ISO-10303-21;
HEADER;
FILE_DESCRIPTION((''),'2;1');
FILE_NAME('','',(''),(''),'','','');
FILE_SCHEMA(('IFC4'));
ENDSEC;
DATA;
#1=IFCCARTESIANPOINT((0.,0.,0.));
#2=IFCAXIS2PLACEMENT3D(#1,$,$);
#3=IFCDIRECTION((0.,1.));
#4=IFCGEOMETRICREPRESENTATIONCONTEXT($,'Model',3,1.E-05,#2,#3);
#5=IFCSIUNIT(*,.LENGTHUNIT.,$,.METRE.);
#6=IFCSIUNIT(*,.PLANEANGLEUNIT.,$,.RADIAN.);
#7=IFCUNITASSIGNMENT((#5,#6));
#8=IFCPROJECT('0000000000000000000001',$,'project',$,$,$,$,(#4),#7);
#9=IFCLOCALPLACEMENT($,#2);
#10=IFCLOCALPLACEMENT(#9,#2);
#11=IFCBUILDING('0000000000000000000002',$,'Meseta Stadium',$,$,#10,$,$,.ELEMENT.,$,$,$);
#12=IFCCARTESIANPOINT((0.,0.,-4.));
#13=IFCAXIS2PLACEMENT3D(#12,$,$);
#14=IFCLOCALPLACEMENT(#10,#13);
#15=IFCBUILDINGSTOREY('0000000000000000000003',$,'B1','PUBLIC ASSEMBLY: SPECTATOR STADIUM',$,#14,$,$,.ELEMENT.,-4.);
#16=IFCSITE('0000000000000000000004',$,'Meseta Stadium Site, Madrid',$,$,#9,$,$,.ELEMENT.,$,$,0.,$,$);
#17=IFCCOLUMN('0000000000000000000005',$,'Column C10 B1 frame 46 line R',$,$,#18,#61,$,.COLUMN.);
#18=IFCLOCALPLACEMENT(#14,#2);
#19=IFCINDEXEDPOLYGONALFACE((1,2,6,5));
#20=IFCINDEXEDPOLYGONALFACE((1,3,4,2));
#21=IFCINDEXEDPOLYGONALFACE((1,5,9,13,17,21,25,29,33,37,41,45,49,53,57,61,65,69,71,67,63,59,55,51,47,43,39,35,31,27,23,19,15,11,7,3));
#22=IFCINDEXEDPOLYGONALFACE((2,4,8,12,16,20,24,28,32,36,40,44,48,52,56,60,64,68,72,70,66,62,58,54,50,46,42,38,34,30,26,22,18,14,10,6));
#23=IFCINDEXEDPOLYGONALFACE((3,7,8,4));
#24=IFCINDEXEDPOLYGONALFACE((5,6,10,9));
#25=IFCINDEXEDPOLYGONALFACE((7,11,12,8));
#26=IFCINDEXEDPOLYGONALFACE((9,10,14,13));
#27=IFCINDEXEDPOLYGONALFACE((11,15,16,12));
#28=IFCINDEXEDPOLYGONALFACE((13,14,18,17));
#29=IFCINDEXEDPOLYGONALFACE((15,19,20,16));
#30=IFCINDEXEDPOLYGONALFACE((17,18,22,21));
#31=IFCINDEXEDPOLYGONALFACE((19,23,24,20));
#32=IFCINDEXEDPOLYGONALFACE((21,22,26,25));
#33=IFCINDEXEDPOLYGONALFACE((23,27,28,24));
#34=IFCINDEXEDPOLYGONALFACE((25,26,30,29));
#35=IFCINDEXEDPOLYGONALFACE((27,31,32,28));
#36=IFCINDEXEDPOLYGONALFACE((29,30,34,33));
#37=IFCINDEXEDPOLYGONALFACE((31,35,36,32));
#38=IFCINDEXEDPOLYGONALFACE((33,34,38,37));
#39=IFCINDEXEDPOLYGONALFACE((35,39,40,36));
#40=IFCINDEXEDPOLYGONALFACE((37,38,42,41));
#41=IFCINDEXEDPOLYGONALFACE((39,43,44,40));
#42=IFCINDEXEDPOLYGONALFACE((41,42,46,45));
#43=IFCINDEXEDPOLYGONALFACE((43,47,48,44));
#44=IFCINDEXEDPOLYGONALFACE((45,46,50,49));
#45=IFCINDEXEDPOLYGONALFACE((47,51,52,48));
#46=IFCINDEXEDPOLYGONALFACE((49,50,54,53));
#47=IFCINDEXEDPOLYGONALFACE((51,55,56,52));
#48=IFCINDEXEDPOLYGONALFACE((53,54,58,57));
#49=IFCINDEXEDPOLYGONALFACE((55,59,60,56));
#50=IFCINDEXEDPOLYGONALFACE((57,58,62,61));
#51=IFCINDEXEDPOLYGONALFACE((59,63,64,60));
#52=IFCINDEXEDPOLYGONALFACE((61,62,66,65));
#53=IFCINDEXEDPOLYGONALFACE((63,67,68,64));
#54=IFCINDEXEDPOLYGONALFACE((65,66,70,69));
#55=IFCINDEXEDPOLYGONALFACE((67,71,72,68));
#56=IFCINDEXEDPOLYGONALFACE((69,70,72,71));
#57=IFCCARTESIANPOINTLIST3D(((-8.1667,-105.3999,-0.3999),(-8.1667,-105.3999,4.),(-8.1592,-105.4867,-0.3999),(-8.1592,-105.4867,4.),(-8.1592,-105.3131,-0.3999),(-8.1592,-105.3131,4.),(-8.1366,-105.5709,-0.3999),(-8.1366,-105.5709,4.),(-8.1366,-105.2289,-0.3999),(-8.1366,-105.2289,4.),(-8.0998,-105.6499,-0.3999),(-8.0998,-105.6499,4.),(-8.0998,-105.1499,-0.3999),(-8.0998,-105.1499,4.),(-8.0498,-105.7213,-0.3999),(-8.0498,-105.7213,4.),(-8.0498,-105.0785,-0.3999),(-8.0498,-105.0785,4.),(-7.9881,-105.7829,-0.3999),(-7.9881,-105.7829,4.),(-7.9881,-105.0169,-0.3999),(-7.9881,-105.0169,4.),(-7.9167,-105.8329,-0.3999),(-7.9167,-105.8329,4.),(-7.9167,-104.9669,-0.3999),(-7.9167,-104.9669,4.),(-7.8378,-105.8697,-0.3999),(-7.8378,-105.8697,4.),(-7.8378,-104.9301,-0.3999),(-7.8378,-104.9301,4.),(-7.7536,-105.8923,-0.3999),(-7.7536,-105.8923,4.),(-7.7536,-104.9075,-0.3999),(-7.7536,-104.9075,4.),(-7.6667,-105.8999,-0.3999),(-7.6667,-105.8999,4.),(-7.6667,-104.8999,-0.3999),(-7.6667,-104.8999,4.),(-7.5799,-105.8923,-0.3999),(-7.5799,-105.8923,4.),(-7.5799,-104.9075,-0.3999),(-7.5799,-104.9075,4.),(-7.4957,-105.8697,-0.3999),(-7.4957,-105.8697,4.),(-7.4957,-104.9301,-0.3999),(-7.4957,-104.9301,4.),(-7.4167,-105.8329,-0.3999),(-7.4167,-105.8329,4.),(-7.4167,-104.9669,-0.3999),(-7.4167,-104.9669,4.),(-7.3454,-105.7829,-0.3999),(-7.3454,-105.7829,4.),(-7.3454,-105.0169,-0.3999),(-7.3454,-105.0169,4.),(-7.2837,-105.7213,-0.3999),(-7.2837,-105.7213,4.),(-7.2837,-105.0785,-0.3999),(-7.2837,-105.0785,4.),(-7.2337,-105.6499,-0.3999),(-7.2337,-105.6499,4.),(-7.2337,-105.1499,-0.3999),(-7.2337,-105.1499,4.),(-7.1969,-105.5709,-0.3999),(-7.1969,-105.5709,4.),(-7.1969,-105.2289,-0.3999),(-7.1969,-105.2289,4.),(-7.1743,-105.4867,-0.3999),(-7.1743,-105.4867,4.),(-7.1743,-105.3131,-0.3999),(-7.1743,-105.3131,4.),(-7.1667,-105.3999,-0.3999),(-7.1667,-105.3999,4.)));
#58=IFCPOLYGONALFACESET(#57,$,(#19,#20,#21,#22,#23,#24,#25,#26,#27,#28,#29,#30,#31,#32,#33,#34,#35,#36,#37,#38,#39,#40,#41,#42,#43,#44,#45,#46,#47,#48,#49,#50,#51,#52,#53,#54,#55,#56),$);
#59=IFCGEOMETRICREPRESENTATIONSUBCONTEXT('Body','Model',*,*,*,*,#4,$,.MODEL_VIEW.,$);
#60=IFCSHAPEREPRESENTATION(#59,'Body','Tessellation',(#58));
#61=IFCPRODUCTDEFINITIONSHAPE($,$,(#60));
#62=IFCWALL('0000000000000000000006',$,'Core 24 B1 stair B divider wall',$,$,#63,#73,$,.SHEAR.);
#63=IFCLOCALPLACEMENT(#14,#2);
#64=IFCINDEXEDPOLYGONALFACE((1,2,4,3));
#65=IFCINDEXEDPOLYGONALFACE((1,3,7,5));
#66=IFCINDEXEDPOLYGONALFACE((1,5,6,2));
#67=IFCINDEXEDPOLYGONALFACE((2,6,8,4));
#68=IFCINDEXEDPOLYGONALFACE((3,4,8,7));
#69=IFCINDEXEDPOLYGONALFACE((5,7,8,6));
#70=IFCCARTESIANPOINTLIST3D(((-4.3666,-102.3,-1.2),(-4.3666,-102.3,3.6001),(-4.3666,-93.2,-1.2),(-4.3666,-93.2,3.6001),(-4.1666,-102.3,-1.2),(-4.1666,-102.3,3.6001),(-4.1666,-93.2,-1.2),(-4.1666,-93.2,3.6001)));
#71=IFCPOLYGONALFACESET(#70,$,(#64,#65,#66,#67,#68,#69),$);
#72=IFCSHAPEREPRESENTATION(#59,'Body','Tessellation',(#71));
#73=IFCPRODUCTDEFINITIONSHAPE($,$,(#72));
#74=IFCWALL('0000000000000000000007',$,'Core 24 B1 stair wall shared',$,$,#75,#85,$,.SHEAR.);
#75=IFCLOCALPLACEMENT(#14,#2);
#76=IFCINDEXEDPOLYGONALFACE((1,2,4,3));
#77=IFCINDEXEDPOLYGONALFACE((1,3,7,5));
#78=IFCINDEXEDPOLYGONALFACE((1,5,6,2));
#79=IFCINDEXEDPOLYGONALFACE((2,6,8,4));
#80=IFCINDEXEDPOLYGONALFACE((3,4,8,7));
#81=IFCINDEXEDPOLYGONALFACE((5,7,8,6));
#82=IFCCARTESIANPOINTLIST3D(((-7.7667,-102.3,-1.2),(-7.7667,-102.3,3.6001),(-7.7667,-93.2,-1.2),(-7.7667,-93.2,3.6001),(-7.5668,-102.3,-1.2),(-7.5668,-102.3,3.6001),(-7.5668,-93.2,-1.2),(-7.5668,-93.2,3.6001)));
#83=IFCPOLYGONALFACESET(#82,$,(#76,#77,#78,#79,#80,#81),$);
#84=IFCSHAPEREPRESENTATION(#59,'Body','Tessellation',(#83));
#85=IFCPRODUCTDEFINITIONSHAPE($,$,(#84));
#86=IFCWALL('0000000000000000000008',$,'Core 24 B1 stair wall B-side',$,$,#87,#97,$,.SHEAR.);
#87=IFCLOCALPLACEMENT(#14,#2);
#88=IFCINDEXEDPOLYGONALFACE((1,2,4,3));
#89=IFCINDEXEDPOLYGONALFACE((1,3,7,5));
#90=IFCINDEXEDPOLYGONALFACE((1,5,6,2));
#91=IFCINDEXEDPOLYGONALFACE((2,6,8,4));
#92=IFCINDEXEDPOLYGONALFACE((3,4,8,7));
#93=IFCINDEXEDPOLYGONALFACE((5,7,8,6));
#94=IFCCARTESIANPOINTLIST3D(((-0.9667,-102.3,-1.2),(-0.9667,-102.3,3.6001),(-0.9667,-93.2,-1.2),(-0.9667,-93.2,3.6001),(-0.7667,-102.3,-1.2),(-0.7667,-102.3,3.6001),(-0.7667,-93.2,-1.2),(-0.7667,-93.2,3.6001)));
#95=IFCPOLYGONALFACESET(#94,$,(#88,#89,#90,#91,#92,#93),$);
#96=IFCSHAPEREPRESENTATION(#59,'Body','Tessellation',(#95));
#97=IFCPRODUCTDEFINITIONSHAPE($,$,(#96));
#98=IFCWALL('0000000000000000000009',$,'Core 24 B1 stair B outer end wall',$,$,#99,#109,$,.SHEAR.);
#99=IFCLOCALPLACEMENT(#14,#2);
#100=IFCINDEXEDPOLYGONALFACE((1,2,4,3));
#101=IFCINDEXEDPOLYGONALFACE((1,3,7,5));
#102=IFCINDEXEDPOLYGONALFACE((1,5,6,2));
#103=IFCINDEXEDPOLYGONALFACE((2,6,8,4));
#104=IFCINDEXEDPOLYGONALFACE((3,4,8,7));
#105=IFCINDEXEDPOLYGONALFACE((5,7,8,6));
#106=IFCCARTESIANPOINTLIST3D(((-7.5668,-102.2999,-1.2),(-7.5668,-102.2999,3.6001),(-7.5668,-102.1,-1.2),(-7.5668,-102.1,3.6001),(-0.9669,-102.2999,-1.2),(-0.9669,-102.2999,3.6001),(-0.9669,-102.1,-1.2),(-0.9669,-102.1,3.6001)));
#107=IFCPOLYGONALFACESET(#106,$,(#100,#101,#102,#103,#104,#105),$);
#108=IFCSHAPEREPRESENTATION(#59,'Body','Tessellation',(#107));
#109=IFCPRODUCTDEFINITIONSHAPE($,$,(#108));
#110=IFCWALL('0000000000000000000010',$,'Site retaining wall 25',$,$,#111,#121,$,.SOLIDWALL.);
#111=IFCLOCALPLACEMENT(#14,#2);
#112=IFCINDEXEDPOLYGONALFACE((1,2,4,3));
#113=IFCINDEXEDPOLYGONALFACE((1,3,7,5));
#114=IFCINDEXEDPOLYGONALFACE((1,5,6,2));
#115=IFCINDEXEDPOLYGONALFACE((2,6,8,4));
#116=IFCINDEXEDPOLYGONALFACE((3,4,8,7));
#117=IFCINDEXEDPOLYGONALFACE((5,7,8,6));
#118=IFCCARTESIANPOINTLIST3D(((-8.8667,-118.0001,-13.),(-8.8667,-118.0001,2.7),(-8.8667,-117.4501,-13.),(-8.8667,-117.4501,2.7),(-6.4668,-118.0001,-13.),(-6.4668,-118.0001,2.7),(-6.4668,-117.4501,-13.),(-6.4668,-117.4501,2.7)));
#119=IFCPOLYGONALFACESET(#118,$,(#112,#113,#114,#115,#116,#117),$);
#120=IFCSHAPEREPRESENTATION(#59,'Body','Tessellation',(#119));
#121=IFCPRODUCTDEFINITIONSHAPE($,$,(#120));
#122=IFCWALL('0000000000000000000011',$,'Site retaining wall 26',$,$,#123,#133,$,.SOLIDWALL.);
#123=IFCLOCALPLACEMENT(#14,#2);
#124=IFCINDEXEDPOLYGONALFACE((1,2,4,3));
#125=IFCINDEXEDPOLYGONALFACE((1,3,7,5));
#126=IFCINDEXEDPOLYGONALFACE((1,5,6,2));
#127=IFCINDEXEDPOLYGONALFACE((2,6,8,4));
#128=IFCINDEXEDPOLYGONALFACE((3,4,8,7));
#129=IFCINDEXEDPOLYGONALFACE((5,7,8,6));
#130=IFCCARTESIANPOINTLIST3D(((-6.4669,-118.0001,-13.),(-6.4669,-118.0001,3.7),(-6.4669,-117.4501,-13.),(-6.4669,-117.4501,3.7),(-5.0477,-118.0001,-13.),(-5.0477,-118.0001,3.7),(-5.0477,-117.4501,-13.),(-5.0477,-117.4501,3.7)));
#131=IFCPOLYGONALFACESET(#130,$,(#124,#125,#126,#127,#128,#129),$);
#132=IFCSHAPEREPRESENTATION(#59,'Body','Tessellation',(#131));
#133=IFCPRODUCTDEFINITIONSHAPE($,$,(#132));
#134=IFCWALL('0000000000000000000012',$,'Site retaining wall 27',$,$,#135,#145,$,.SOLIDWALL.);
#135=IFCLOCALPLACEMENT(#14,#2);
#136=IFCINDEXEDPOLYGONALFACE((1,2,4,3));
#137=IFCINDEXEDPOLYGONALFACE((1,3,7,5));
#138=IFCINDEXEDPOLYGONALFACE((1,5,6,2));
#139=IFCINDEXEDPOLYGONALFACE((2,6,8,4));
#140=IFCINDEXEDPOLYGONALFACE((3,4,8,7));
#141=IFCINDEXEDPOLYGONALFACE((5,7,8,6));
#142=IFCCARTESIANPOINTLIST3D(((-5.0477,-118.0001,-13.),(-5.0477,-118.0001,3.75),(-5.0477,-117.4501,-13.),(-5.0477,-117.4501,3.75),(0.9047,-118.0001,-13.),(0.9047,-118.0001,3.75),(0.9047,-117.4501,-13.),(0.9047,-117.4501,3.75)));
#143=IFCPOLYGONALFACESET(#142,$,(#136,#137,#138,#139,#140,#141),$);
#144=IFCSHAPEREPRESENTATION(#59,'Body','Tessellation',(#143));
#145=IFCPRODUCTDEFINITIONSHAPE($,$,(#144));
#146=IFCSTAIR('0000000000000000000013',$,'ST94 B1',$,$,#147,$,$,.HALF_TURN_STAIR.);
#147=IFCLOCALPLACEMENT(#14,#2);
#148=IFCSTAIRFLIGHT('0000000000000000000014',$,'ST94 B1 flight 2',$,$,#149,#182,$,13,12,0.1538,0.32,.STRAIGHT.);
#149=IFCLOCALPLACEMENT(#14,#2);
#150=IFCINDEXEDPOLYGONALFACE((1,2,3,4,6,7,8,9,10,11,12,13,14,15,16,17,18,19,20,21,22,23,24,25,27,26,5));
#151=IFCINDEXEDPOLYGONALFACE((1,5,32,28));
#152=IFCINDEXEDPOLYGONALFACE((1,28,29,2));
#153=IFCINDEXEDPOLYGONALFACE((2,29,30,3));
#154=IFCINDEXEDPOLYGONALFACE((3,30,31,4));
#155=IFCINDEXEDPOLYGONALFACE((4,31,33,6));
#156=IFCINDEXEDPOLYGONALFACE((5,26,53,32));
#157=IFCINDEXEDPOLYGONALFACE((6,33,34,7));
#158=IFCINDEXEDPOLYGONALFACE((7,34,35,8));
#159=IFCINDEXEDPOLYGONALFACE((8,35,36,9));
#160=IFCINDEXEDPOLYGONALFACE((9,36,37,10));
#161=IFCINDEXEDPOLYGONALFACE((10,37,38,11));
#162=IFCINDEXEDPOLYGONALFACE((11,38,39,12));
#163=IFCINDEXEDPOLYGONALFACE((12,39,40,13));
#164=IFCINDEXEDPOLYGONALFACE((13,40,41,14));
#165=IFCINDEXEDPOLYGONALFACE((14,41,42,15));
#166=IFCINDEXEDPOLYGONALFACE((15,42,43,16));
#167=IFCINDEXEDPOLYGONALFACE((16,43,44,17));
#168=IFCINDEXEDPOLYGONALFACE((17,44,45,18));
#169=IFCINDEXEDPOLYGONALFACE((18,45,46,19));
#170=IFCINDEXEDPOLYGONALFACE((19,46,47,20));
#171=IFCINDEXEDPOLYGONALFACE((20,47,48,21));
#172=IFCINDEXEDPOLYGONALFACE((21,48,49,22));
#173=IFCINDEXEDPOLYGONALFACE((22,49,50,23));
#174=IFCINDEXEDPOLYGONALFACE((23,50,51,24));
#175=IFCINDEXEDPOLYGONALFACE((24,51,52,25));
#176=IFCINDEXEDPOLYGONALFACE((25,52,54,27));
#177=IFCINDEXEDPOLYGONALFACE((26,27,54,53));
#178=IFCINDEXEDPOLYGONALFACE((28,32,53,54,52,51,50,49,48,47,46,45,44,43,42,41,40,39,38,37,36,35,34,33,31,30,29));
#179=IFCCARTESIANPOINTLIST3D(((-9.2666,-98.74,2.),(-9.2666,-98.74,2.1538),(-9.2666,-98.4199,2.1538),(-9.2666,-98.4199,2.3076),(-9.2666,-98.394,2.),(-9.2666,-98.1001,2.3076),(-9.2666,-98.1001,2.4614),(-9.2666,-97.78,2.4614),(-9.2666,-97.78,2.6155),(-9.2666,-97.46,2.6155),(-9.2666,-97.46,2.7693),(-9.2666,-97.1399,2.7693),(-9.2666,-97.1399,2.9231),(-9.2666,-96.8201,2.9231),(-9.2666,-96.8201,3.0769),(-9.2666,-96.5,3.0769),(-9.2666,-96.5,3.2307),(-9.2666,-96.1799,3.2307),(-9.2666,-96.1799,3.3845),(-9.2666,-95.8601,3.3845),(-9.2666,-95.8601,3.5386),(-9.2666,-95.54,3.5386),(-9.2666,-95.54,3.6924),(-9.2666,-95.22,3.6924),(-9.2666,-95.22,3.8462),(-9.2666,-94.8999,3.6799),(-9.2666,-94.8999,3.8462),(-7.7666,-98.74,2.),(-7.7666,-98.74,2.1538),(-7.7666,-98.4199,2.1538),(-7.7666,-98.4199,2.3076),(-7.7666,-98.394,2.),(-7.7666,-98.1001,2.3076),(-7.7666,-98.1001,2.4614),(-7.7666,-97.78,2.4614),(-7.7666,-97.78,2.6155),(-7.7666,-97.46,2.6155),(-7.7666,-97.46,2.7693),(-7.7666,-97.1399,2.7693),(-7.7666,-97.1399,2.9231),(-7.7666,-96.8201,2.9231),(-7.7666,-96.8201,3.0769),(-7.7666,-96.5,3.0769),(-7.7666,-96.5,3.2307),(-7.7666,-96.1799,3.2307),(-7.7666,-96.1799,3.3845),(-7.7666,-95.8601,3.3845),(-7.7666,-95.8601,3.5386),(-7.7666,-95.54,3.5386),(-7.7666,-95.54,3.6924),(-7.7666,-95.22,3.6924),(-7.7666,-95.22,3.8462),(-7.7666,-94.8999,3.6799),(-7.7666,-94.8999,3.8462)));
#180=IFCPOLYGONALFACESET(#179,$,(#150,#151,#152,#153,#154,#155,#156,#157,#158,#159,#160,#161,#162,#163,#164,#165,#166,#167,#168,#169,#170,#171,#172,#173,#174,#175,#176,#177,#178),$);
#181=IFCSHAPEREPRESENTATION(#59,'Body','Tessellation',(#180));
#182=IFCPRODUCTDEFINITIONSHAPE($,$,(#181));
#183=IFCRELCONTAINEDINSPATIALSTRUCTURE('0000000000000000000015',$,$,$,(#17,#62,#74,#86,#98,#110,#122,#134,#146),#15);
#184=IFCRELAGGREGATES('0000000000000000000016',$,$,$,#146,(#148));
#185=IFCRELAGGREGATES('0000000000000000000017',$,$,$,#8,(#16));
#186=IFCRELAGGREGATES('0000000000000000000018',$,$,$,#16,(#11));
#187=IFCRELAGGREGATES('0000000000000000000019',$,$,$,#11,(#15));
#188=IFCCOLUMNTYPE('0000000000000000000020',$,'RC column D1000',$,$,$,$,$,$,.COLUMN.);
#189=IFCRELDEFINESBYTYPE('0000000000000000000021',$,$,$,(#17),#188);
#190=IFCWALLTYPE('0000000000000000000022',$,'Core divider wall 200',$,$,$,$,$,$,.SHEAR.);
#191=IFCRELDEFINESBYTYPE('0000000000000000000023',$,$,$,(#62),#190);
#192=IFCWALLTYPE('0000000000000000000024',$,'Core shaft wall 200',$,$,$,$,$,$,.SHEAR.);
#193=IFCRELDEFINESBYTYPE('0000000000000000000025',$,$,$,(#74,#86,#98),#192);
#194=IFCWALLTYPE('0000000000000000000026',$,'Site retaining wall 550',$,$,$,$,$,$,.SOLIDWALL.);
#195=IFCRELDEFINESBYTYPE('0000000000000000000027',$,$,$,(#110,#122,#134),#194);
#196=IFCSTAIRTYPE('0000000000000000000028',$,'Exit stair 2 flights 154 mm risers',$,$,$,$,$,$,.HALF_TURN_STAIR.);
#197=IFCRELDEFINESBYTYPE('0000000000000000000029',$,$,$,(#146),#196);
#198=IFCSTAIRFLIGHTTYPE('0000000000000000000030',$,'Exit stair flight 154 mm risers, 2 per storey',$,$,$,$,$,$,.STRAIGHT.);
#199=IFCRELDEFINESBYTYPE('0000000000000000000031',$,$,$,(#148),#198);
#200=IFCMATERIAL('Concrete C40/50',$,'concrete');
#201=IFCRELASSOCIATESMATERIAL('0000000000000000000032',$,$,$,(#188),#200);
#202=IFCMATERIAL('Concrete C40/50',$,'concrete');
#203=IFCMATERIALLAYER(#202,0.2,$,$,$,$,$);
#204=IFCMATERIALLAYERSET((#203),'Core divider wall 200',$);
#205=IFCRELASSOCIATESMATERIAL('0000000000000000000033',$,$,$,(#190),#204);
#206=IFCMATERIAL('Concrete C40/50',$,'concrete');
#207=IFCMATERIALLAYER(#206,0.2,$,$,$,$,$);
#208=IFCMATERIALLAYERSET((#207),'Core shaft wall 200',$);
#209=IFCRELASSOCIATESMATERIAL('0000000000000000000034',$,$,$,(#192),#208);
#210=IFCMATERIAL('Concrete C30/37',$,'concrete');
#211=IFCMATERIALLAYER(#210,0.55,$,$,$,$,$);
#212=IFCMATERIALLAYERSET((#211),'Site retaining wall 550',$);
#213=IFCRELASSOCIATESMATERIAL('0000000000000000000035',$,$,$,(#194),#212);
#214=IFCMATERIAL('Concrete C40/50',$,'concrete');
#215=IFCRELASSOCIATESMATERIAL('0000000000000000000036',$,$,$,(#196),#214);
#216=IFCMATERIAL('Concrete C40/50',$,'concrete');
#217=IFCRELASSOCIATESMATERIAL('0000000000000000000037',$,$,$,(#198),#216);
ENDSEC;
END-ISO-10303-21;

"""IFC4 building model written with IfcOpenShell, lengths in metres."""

from ifc_helpers import new_model, si_unit, direction, frame, frame_2d, origin, origin_2d, place, context, subcontext, project, spatial, polyline, rectangle, circle, outline, extrude, material, layer, layer_set, material_profile, profile_set, type_object, element, aggregate, save


model = new_model("IFC4")

# Units and contexts
model_context = context("Model", 3, precision=1e-05, world=origin(), true_north=direction((0.0, 1.0)))
body_context = subcontext(model_context, "Body", "Model", "MODEL_VIEW")
ifc_project = project(units=[si_unit("LENGTHUNIT", "METRE"), si_unit("PLANEANGLEUNIT", "RADIAN")], contexts=[model_context])

# Site, building, storey
site_placement = place(None, origin())
site = spatial("IfcSite", under=ifc_project, at=site_placement, Name="Meseta Stadium Site, Madrid", CompositionType="ELEMENT", RefElevation=0.0)
building_placement = place(site_placement, origin())
building = spatial("IfcBuilding", under=site, at=building_placement, Name="Meseta Stadium", CompositionType="ELEMENT")
storey_placement = place(building_placement, frame((0.0, 0.0, -4.0)))
storey = spatial("IfcBuildingStorey", under=building, at=storey_placement, Name="B1", Description="PUBLIC ASSEMBLY: SPECTATOR STADIUM", CompositionType="ELEMENT", Elevation=-4.0)

# Column
ifc_material_1 = material(Name="Concrete C40/50", Category="concrete")
ifc_material_profile = material_profile(ifc_material_1, circle(Radius=0.5, at=origin_2d()), Name="RC D1000")
ifc_profile_set = profile_set([ifc_material_profile], Name="Concrete C40/50")
column_type = type_object("IfcColumnType", Name="RC column D1000", PredefinedType="COLUMN", material=ifc_profile_set)
column_placement = place(storey_placement, frame((-7.6667, -105.3999, -0.3999), z_axis=(0.0, 0.0, 1.0), x_axis=(1.0, 0.0, 0.0)))
element("IfcColumn", 1, at=column_placement, inside=storey, type_object=column_type, Name="Column C10 B1 frame 46 line R", PredefinedType="COLUMN", context=body_context, shape_type="SweptSolid", body=[
    extrude(circle(Radius=0.5, at=origin_2d()), origin(), (0.0, 0.0, 1.0), 4.3999),
])

# Walls
ifc_material_2 = material(Name="Concrete C40/50", Category="concrete")
ifc_layer_1 = layer(ifc_material_2, 0.2)
ifc_layer_set_1 = layer_set([ifc_layer_1], Name="Core divider wall 200")
wall_type_1 = type_object("IfcWallType", Name="Core divider wall 200", PredefinedType="SHEAR", material=ifc_layer_set_1)
wall_1_placement = place(storey_placement, frame((-4.2666, -102.3, -1.2), z_axis=(0.0, 0.0, 1.0), x_axis=(0.0, 1.0, 0.0)))
element("IfcWall", 2, at=wall_1_placement, inside=storey, type_object=wall_type_1, Name="Core 24 B1 stair B divider wall", PredefinedType="SHEAR", context=body_context, shape_type="SweptSolid", body=[
    extrude(rectangle(XDim=9.1001, YDim=0.2, at=frame_2d((4.55, 0.0))), origin(), (0.0, 0.0, 1.0), 4.8),
])
ifc_material_3 = material(Name="Concrete C40/50", Category="concrete")
ifc_layer_2 = layer(ifc_material_3, 0.2)
ifc_layer_set_2 = layer_set([ifc_layer_2], Name="Core shaft wall 200")
wall_type_2 = type_object("IfcWallType", Name="Core shaft wall 200", PredefinedType="SHEAR", material=ifc_layer_set_2)
for number, where, z_axis, x_axis, name in (
    (3, (-7.6667, -102.3, -1.2), (0.0, 0.0, 1.0), (0.0, 1.0, 0.0), "Core 24 B1 stair wall shared"),
    (4, (-0.8667, -102.3, -1.2), (0.0, 0.0, 1.0), (0.0, 1.0, 0.0), "Core 24 B1 stair wall B-side"),
):
    element("IfcWall", number, at=place(storey_placement, frame(where, z_axis=z_axis, x_axis=x_axis)), inside=storey, type_object=wall_type_2, Name=name, PredefinedType="SHEAR", context=body_context, shape_type="SweptSolid", body=[
        extrude(rectangle(XDim=9.1001, YDim=0.2, at=frame_2d((4.55, 0.0))), origin(), (0.0, 0.0, 1.0), 4.8),
    ])
wall_2_placement = place(storey_placement, frame((-7.5667, -102.2, -1.2), z_axis=(0.0, 0.0, 1.0), x_axis=(1.0, 0.0, 0.0)))
element("IfcWall", 5, at=wall_2_placement, inside=storey, type_object=wall_type_2, Name="Core 24 B1 stair B outer end wall", PredefinedType="SHEAR", context=body_context, shape_type="SweptSolid", body=[
    extrude(rectangle(XDim=6.5999, YDim=0.2, at=frame_2d((3.2998, 0.0))), origin(), (0.0, 0.0, 1.0), 4.8),
])
ifc_material_4 = material(Name="Concrete C30/37", Category="concrete")
ifc_layer_3 = layer(ifc_material_4, 0.55)
ifc_layer_set_3 = layer_set([ifc_layer_3], Name="Site retaining wall 550")
wall_type_3 = type_object("IfcWallType", Name="Site retaining wall 550", PredefinedType="SOLIDWALL", material=ifc_layer_set_3)
wall_3_placement = place(storey_placement, frame((-8.8667, -117.7251, -13.0), z_axis=(0.0, 0.0, 1.0), x_axis=(1.0, 0.0, 0.0)))
element("IfcWall", 6, at=wall_3_placement, inside=storey, type_object=wall_type_3, Name="Site retaining wall 25", PredefinedType="SOLIDWALL", context=body_context, shape_type="SweptSolid", body=[
    extrude(rectangle(XDim=2.3999, YDim=0.55, at=frame_2d((1.2, 0.0))), origin(), (0.0, 0.0, 1.0), 15.7),
])
wall_4_placement = place(storey_placement, frame((-6.4668, -117.7251, -13.0), z_axis=(0.0, 0.0, 1.0), x_axis=(1.0, 0.0, 0.0)))
element("IfcWall", 7, at=wall_4_placement, inside=storey, type_object=wall_type_3, Name="Site retaining wall 26", PredefinedType="SOLIDWALL", context=body_context, shape_type="SweptSolid", body=[
    extrude(rectangle(XDim=1.4192, YDim=0.55, at=frame_2d((0.7095, 0.0))), origin(), (0.0, 0.0, 1.0), 16.7),
])
wall_5_placement = place(storey_placement, frame((-5.0476, -117.7251, -13.0), z_axis=(0.0, 0.0, 1.0), x_axis=(1.0, 0.0, 0.0)))
element("IfcWall", 8, at=wall_5_placement, inside=storey, type_object=wall_type_3, Name="Site retaining wall 27", PredefinedType="SOLIDWALL", context=body_context, shape_type="SweptSolid", body=[
    extrude(rectangle(XDim=5.9524, YDim=0.55, at=frame_2d((2.9761, 0.0))), origin(), (0.0, 0.0, 1.0), 16.75),
])

# Stair, stair flight
ifc_material_5 = material(Name="Concrete C40/50", Category="concrete")
stair_type = type_object("IfcStairType", Name="Exit stair 2 flights 154 mm risers", PredefinedType="HALF_TURN_STAIR", material=ifc_material_5)
stair_1_placement = place(storey_placement, origin())
stair_1 = element("IfcStair", 9, at=stair_1_placement, inside=storey, type_object=stair_type, Name="ST94 B1", PredefinedType="HALF_TURN_STAIR")
ifc_material_6 = material(Name="Concrete C40/50", Category="concrete")
stair_flight_type = type_object("IfcStairFlightType", Name="Exit stair flight 154 mm risers, 2 per storey", PredefinedType="STRAIGHT", material=ifc_material_6)
stair_flight_1_placement = place(storey_placement, frame((-8.5166, -98.74, 2.0), z_axis=(0.0, 0.0, 1.0), x_axis=(0.0, 1.0, 0.0)))
stair_flight_1 = element("IfcStairFlight", 10, at=stair_flight_1_placement, type_object=stair_flight_type, Name="ST94 B1 flight 2", NumberOfRisers=13, NumberOfTreads=12, PredefinedType="STRAIGHT", RiserHeight=0.1538, TreadLength=0.32, context=body_context, shape_type="SweptSolid", body=[
    extrude(outline(polyline([(0.0, 0.0), (0.0, 0.1538), (0.3201, 0.1538), (0.3201, 0.3076), (0.6399, 0.3076), (0.6399, 0.4614), (0.96, 0.4614), (0.96, 0.6155), (1.28, 0.6155), (1.28, 0.7693), (1.6001, 0.7693), (1.6001, 0.9231), (1.9199, 0.9231), (1.9199, 1.0769), (2.24, 1.0769), (2.24, 1.2307), (2.5601, 1.2307), (2.5601, 1.3845), (2.8799, 1.3845), (2.8799, 1.5386), (3.2, 1.5386), (3.2, 1.6924), (3.52, 1.6924), (3.52, 1.8462), (3.8401, 1.8462), (3.8401, 1.6799), (0.3459, 0.0), (0.0, 0.0)])), frame((0.0, 0.75, 0.0), z_axis=(0.0, -1.0, 0.0), x_axis=(1.0, 0.0, 0.0)), (0.0, 0.0, 1.0), 1.5),
])
aggregate(stair_1, [stair_flight_1])

save(model, "model.ifc")
